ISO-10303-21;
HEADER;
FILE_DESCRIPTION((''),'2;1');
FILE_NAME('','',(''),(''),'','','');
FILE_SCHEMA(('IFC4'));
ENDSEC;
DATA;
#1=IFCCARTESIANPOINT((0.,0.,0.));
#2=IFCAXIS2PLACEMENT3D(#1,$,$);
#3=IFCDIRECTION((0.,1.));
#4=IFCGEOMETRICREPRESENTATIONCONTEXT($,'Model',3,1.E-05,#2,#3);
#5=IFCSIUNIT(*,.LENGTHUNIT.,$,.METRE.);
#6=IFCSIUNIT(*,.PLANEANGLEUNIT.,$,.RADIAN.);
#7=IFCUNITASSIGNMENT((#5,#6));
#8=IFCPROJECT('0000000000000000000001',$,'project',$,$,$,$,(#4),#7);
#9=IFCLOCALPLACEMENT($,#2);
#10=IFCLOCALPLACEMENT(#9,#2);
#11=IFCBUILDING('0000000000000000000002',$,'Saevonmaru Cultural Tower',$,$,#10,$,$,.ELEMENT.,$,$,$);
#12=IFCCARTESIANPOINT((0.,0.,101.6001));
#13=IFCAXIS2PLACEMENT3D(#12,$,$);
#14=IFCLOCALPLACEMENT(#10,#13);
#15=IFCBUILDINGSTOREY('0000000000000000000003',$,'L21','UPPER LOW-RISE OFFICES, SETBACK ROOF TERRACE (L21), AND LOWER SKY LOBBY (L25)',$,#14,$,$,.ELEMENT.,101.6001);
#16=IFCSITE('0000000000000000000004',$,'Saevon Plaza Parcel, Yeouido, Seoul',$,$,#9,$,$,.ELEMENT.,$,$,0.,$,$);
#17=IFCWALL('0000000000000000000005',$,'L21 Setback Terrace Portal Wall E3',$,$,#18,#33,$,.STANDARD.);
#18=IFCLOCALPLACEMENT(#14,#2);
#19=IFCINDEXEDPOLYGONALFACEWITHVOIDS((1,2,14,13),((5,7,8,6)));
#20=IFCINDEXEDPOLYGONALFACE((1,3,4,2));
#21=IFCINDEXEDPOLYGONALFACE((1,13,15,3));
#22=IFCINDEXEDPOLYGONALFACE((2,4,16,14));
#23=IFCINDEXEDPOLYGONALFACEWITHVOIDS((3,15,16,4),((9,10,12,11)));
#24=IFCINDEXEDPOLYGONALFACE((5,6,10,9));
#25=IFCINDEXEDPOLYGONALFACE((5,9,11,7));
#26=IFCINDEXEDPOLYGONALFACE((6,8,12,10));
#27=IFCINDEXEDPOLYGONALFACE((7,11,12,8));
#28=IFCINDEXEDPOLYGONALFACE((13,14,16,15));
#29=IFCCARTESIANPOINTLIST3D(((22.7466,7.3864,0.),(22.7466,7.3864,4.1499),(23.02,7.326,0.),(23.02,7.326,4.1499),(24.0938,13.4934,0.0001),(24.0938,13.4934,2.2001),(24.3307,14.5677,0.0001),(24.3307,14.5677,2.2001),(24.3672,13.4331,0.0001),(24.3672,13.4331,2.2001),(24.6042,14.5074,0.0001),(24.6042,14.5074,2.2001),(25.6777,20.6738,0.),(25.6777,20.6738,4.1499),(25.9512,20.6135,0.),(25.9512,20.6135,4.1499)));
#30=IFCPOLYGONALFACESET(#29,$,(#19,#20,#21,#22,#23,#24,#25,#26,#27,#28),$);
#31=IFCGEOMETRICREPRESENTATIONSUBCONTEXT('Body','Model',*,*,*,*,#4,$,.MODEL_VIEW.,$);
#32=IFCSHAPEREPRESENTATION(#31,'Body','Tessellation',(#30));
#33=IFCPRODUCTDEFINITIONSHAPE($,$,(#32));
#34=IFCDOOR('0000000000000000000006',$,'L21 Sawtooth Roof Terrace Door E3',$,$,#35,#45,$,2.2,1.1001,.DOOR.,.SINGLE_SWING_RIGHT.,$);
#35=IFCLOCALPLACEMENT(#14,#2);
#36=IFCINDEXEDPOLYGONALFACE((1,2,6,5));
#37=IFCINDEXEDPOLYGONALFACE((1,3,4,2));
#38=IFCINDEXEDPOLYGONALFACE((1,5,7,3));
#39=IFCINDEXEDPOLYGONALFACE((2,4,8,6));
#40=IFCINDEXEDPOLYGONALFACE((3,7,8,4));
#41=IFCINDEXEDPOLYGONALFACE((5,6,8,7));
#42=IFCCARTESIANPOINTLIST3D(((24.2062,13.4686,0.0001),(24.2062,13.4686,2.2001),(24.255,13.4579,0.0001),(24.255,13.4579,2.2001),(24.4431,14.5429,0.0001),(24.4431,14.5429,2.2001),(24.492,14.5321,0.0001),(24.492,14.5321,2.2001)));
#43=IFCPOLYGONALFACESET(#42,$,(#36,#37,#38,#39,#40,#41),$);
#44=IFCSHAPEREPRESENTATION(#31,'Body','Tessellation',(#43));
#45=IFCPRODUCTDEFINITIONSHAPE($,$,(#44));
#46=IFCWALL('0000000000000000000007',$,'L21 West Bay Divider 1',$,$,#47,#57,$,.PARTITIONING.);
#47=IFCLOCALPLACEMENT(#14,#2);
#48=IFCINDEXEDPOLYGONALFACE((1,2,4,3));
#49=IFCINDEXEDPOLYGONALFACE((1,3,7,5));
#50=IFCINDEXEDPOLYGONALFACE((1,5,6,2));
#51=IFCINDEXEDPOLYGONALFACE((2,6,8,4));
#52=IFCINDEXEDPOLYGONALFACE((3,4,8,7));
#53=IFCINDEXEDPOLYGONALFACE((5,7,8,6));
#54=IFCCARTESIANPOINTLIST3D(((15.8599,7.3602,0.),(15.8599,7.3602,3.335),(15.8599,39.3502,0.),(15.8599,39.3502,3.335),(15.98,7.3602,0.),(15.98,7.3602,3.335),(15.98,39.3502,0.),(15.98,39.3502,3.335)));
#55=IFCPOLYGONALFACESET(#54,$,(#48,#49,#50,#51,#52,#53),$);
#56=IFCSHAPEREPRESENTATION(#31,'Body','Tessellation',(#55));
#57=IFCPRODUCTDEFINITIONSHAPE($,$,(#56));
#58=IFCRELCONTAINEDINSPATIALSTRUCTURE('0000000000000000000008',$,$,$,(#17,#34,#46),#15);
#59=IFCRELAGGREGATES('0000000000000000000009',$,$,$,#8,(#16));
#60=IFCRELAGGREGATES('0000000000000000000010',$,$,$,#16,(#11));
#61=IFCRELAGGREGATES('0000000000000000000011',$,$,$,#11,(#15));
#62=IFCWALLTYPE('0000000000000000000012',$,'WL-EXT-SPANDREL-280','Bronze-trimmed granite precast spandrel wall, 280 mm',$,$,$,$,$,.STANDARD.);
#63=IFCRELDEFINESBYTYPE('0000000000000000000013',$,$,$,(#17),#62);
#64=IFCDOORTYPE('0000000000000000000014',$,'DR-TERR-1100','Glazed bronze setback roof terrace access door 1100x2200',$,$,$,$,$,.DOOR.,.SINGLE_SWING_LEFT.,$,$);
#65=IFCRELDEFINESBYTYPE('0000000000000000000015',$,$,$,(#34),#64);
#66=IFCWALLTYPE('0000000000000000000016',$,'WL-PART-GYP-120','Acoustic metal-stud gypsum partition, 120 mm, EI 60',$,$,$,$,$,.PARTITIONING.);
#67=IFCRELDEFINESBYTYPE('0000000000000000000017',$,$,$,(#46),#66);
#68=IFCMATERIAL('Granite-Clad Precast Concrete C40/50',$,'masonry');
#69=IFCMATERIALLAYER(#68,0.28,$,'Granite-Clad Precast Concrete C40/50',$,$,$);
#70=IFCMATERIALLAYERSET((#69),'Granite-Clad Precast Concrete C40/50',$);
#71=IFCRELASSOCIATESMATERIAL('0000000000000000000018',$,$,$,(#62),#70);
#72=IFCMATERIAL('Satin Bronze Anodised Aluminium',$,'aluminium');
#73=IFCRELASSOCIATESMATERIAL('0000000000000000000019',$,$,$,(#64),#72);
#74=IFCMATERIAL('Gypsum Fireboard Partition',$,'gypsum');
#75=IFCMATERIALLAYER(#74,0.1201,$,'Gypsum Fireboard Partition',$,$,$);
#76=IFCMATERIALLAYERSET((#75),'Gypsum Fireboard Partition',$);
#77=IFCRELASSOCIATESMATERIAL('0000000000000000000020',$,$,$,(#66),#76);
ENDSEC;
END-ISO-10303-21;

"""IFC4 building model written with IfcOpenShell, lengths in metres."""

from ifc_helpers import new_model, si_unit, direction, frame, frame_2d, origin, place, context, subcontext, project, spatial, rectangle, extrude, material, layer, layer_set, type_object, element, fill, save


model = new_model("IFC4")

# Units and contexts
model_context = context("Model", 3, precision=1e-05, world=origin(), true_north=direction((0.0, 1.0)))
body_context = subcontext(model_context, "Body", "Model", "MODEL_VIEW")
ifc_project = project(units=[si_unit("LENGTHUNIT", "METRE"), si_unit("PLANEANGLEUNIT", "RADIAN")], contexts=[model_context])

# Site, building, storey
site_placement = place(None, origin())
site = spatial("IfcSite", under=ifc_project, at=site_placement, Name="Saevon Plaza Parcel, Yeouido, Seoul", CompositionType="ELEMENT", RefElevation=0.0)
building_placement = place(site_placement, origin())
building = spatial("IfcBuilding", under=site, at=building_placement, Name="Saevonmaru Cultural Tower", CompositionType="ELEMENT")
storey_placement = place(building_placement, frame((0.0, 0.0, 101.6001)))
storey = spatial("IfcBuildingStorey", under=building, at=storey_placement, Name="L21", Description="UPPER LOW-RISE OFFICES, SETBACK ROOF TERRACE (L21), AND LOWER SKY LOBBY (L25)", CompositionType="ELEMENT", Elevation=101.6001)

# Shared definitions
ifc_material_1 = material(Name="Satin Bronze Anodised Aluminium", Category="aluminium")

# Wall, opening, door
ifc_material_2 = material(Name="Granite-Clad Precast Concrete C40/50", Category="masonry")
ifc_layer_1 = layer(ifc_material_2, 0.28, Name="Granite-Clad Precast Concrete C40/50")
ifc_layer_set_1 = layer_set([ifc_layer_1], Name="Granite-Clad Precast Concrete C40/50")
wall_type_1 = type_object("IfcWallType", Name="WL-EXT-SPANDREL-280", Description="Bronze-trimmed granite precast spandrel wall, 280 mm", PredefinedType="STANDARD", material=ifc_layer_set_1)
door_type = type_object("IfcDoorType", Name="DR-TERR-1100", Description="Glazed bronze setback roof terrace access door 1100x2200", OperationType="SINGLE_SWING_LEFT", PredefinedType="DOOR", material=ifc_material_1)
wall_1_placement = place(storey_placement, frame((22.8833, 7.3562, 0.0), z_axis=(0.0, 0.0, 1.0), x_axis=(0.215414, 0.976523, 0.0)))
wall_1 = element("IfcWall", 1, at=wall_1_placement, inside=storey, type_object=wall_type_1, Name="L21 Setback Terrace Portal Wall E3", PredefinedType="STANDARD", context=body_context, shape_type="SweptSolid", body=[
    extrude(rectangle(XDim=13.6069, YDim=0.28, at=frame_2d((6.8035, 0.0))), origin(), (0.0, 0.0, 1.0), 4.1499),
])
opening_1_placement = place(wall_1_placement, frame((6.2539, 0.0, 0.0)))
opening_1 = element("IfcOpeningElement", 2, at=opening_1_placement, cuts=wall_1, PredefinedType="OPENING", context=body_context, shape_type="SweptSolid", body=[
    extrude(rectangle(XDim=1.1001, YDim=2.2, at=frame_2d((0.55, 1.1001))), frame((0.0, 0.1499, 0.0), z_axis=(0.0, -1.0, 0.0), x_axis=(1.0, 0.0, 0.0)), (0.0, 0.0, 1.0), 0.3),
])
door_1_placement = place(opening_1_placement, origin())
door_1 = element("IfcDoor", 3, at=door_1_placement, inside=storey, type_object=door_type, Name="L21 Sawtooth Roof Terrace Door E3", OperationType="SINGLE_SWING_RIGHT", OverallHeight=2.2, OverallWidth=1.1001, PredefinedType="DOOR", context=body_context, shape_type="SweptSolid", body=[
    extrude(rectangle(XDim=1.1001, YDim=2.2, at=frame_2d((0.55, 1.1001))), frame((0.0, 0.0249, 0.0), z_axis=(0.0, -1.0, 0.0), x_axis=(1.0, 0.0, 0.0)), (0.0, 0.0, 1.0), 0.05),
])
fill(opening_1, door_1)

# Wall
ifc_material_3 = material(Name="Gypsum Fireboard Partition", Category="gypsum")
ifc_layer_2 = layer(ifc_material_3, 0.1201, Name="Gypsum Fireboard Partition")
ifc_layer_set_2 = layer_set([ifc_layer_2], Name="Gypsum Fireboard Partition")
wall_type_2 = type_object("IfcWallType", Name="WL-PART-GYP-120", Description="Acoustic metal-stud gypsum partition, 120 mm, EI 60", PredefinedType="PARTITIONING", material=ifc_layer_set_2)
wall_2_placement = place(storey_placement, frame((15.9199, 7.3601, 0.0), z_axis=(0.0, 0.0, 1.0), x_axis=(0.0, 1.0, 0.0)))
element("IfcWall", 4, at=wall_2_placement, inside=storey, type_object=wall_type_2, Name="L21 West Bay Divider 1", PredefinedType="PARTITIONING", context=body_context, shape_type="SweptSolid", body=[
    extrude(rectangle(XDim=31.99, YDim=0.1201, at=frame_2d((15.9951, 0.0))), origin(), (0.0, 0.0, 1.0), 3.335),
])

save(model, "model.ifc")
